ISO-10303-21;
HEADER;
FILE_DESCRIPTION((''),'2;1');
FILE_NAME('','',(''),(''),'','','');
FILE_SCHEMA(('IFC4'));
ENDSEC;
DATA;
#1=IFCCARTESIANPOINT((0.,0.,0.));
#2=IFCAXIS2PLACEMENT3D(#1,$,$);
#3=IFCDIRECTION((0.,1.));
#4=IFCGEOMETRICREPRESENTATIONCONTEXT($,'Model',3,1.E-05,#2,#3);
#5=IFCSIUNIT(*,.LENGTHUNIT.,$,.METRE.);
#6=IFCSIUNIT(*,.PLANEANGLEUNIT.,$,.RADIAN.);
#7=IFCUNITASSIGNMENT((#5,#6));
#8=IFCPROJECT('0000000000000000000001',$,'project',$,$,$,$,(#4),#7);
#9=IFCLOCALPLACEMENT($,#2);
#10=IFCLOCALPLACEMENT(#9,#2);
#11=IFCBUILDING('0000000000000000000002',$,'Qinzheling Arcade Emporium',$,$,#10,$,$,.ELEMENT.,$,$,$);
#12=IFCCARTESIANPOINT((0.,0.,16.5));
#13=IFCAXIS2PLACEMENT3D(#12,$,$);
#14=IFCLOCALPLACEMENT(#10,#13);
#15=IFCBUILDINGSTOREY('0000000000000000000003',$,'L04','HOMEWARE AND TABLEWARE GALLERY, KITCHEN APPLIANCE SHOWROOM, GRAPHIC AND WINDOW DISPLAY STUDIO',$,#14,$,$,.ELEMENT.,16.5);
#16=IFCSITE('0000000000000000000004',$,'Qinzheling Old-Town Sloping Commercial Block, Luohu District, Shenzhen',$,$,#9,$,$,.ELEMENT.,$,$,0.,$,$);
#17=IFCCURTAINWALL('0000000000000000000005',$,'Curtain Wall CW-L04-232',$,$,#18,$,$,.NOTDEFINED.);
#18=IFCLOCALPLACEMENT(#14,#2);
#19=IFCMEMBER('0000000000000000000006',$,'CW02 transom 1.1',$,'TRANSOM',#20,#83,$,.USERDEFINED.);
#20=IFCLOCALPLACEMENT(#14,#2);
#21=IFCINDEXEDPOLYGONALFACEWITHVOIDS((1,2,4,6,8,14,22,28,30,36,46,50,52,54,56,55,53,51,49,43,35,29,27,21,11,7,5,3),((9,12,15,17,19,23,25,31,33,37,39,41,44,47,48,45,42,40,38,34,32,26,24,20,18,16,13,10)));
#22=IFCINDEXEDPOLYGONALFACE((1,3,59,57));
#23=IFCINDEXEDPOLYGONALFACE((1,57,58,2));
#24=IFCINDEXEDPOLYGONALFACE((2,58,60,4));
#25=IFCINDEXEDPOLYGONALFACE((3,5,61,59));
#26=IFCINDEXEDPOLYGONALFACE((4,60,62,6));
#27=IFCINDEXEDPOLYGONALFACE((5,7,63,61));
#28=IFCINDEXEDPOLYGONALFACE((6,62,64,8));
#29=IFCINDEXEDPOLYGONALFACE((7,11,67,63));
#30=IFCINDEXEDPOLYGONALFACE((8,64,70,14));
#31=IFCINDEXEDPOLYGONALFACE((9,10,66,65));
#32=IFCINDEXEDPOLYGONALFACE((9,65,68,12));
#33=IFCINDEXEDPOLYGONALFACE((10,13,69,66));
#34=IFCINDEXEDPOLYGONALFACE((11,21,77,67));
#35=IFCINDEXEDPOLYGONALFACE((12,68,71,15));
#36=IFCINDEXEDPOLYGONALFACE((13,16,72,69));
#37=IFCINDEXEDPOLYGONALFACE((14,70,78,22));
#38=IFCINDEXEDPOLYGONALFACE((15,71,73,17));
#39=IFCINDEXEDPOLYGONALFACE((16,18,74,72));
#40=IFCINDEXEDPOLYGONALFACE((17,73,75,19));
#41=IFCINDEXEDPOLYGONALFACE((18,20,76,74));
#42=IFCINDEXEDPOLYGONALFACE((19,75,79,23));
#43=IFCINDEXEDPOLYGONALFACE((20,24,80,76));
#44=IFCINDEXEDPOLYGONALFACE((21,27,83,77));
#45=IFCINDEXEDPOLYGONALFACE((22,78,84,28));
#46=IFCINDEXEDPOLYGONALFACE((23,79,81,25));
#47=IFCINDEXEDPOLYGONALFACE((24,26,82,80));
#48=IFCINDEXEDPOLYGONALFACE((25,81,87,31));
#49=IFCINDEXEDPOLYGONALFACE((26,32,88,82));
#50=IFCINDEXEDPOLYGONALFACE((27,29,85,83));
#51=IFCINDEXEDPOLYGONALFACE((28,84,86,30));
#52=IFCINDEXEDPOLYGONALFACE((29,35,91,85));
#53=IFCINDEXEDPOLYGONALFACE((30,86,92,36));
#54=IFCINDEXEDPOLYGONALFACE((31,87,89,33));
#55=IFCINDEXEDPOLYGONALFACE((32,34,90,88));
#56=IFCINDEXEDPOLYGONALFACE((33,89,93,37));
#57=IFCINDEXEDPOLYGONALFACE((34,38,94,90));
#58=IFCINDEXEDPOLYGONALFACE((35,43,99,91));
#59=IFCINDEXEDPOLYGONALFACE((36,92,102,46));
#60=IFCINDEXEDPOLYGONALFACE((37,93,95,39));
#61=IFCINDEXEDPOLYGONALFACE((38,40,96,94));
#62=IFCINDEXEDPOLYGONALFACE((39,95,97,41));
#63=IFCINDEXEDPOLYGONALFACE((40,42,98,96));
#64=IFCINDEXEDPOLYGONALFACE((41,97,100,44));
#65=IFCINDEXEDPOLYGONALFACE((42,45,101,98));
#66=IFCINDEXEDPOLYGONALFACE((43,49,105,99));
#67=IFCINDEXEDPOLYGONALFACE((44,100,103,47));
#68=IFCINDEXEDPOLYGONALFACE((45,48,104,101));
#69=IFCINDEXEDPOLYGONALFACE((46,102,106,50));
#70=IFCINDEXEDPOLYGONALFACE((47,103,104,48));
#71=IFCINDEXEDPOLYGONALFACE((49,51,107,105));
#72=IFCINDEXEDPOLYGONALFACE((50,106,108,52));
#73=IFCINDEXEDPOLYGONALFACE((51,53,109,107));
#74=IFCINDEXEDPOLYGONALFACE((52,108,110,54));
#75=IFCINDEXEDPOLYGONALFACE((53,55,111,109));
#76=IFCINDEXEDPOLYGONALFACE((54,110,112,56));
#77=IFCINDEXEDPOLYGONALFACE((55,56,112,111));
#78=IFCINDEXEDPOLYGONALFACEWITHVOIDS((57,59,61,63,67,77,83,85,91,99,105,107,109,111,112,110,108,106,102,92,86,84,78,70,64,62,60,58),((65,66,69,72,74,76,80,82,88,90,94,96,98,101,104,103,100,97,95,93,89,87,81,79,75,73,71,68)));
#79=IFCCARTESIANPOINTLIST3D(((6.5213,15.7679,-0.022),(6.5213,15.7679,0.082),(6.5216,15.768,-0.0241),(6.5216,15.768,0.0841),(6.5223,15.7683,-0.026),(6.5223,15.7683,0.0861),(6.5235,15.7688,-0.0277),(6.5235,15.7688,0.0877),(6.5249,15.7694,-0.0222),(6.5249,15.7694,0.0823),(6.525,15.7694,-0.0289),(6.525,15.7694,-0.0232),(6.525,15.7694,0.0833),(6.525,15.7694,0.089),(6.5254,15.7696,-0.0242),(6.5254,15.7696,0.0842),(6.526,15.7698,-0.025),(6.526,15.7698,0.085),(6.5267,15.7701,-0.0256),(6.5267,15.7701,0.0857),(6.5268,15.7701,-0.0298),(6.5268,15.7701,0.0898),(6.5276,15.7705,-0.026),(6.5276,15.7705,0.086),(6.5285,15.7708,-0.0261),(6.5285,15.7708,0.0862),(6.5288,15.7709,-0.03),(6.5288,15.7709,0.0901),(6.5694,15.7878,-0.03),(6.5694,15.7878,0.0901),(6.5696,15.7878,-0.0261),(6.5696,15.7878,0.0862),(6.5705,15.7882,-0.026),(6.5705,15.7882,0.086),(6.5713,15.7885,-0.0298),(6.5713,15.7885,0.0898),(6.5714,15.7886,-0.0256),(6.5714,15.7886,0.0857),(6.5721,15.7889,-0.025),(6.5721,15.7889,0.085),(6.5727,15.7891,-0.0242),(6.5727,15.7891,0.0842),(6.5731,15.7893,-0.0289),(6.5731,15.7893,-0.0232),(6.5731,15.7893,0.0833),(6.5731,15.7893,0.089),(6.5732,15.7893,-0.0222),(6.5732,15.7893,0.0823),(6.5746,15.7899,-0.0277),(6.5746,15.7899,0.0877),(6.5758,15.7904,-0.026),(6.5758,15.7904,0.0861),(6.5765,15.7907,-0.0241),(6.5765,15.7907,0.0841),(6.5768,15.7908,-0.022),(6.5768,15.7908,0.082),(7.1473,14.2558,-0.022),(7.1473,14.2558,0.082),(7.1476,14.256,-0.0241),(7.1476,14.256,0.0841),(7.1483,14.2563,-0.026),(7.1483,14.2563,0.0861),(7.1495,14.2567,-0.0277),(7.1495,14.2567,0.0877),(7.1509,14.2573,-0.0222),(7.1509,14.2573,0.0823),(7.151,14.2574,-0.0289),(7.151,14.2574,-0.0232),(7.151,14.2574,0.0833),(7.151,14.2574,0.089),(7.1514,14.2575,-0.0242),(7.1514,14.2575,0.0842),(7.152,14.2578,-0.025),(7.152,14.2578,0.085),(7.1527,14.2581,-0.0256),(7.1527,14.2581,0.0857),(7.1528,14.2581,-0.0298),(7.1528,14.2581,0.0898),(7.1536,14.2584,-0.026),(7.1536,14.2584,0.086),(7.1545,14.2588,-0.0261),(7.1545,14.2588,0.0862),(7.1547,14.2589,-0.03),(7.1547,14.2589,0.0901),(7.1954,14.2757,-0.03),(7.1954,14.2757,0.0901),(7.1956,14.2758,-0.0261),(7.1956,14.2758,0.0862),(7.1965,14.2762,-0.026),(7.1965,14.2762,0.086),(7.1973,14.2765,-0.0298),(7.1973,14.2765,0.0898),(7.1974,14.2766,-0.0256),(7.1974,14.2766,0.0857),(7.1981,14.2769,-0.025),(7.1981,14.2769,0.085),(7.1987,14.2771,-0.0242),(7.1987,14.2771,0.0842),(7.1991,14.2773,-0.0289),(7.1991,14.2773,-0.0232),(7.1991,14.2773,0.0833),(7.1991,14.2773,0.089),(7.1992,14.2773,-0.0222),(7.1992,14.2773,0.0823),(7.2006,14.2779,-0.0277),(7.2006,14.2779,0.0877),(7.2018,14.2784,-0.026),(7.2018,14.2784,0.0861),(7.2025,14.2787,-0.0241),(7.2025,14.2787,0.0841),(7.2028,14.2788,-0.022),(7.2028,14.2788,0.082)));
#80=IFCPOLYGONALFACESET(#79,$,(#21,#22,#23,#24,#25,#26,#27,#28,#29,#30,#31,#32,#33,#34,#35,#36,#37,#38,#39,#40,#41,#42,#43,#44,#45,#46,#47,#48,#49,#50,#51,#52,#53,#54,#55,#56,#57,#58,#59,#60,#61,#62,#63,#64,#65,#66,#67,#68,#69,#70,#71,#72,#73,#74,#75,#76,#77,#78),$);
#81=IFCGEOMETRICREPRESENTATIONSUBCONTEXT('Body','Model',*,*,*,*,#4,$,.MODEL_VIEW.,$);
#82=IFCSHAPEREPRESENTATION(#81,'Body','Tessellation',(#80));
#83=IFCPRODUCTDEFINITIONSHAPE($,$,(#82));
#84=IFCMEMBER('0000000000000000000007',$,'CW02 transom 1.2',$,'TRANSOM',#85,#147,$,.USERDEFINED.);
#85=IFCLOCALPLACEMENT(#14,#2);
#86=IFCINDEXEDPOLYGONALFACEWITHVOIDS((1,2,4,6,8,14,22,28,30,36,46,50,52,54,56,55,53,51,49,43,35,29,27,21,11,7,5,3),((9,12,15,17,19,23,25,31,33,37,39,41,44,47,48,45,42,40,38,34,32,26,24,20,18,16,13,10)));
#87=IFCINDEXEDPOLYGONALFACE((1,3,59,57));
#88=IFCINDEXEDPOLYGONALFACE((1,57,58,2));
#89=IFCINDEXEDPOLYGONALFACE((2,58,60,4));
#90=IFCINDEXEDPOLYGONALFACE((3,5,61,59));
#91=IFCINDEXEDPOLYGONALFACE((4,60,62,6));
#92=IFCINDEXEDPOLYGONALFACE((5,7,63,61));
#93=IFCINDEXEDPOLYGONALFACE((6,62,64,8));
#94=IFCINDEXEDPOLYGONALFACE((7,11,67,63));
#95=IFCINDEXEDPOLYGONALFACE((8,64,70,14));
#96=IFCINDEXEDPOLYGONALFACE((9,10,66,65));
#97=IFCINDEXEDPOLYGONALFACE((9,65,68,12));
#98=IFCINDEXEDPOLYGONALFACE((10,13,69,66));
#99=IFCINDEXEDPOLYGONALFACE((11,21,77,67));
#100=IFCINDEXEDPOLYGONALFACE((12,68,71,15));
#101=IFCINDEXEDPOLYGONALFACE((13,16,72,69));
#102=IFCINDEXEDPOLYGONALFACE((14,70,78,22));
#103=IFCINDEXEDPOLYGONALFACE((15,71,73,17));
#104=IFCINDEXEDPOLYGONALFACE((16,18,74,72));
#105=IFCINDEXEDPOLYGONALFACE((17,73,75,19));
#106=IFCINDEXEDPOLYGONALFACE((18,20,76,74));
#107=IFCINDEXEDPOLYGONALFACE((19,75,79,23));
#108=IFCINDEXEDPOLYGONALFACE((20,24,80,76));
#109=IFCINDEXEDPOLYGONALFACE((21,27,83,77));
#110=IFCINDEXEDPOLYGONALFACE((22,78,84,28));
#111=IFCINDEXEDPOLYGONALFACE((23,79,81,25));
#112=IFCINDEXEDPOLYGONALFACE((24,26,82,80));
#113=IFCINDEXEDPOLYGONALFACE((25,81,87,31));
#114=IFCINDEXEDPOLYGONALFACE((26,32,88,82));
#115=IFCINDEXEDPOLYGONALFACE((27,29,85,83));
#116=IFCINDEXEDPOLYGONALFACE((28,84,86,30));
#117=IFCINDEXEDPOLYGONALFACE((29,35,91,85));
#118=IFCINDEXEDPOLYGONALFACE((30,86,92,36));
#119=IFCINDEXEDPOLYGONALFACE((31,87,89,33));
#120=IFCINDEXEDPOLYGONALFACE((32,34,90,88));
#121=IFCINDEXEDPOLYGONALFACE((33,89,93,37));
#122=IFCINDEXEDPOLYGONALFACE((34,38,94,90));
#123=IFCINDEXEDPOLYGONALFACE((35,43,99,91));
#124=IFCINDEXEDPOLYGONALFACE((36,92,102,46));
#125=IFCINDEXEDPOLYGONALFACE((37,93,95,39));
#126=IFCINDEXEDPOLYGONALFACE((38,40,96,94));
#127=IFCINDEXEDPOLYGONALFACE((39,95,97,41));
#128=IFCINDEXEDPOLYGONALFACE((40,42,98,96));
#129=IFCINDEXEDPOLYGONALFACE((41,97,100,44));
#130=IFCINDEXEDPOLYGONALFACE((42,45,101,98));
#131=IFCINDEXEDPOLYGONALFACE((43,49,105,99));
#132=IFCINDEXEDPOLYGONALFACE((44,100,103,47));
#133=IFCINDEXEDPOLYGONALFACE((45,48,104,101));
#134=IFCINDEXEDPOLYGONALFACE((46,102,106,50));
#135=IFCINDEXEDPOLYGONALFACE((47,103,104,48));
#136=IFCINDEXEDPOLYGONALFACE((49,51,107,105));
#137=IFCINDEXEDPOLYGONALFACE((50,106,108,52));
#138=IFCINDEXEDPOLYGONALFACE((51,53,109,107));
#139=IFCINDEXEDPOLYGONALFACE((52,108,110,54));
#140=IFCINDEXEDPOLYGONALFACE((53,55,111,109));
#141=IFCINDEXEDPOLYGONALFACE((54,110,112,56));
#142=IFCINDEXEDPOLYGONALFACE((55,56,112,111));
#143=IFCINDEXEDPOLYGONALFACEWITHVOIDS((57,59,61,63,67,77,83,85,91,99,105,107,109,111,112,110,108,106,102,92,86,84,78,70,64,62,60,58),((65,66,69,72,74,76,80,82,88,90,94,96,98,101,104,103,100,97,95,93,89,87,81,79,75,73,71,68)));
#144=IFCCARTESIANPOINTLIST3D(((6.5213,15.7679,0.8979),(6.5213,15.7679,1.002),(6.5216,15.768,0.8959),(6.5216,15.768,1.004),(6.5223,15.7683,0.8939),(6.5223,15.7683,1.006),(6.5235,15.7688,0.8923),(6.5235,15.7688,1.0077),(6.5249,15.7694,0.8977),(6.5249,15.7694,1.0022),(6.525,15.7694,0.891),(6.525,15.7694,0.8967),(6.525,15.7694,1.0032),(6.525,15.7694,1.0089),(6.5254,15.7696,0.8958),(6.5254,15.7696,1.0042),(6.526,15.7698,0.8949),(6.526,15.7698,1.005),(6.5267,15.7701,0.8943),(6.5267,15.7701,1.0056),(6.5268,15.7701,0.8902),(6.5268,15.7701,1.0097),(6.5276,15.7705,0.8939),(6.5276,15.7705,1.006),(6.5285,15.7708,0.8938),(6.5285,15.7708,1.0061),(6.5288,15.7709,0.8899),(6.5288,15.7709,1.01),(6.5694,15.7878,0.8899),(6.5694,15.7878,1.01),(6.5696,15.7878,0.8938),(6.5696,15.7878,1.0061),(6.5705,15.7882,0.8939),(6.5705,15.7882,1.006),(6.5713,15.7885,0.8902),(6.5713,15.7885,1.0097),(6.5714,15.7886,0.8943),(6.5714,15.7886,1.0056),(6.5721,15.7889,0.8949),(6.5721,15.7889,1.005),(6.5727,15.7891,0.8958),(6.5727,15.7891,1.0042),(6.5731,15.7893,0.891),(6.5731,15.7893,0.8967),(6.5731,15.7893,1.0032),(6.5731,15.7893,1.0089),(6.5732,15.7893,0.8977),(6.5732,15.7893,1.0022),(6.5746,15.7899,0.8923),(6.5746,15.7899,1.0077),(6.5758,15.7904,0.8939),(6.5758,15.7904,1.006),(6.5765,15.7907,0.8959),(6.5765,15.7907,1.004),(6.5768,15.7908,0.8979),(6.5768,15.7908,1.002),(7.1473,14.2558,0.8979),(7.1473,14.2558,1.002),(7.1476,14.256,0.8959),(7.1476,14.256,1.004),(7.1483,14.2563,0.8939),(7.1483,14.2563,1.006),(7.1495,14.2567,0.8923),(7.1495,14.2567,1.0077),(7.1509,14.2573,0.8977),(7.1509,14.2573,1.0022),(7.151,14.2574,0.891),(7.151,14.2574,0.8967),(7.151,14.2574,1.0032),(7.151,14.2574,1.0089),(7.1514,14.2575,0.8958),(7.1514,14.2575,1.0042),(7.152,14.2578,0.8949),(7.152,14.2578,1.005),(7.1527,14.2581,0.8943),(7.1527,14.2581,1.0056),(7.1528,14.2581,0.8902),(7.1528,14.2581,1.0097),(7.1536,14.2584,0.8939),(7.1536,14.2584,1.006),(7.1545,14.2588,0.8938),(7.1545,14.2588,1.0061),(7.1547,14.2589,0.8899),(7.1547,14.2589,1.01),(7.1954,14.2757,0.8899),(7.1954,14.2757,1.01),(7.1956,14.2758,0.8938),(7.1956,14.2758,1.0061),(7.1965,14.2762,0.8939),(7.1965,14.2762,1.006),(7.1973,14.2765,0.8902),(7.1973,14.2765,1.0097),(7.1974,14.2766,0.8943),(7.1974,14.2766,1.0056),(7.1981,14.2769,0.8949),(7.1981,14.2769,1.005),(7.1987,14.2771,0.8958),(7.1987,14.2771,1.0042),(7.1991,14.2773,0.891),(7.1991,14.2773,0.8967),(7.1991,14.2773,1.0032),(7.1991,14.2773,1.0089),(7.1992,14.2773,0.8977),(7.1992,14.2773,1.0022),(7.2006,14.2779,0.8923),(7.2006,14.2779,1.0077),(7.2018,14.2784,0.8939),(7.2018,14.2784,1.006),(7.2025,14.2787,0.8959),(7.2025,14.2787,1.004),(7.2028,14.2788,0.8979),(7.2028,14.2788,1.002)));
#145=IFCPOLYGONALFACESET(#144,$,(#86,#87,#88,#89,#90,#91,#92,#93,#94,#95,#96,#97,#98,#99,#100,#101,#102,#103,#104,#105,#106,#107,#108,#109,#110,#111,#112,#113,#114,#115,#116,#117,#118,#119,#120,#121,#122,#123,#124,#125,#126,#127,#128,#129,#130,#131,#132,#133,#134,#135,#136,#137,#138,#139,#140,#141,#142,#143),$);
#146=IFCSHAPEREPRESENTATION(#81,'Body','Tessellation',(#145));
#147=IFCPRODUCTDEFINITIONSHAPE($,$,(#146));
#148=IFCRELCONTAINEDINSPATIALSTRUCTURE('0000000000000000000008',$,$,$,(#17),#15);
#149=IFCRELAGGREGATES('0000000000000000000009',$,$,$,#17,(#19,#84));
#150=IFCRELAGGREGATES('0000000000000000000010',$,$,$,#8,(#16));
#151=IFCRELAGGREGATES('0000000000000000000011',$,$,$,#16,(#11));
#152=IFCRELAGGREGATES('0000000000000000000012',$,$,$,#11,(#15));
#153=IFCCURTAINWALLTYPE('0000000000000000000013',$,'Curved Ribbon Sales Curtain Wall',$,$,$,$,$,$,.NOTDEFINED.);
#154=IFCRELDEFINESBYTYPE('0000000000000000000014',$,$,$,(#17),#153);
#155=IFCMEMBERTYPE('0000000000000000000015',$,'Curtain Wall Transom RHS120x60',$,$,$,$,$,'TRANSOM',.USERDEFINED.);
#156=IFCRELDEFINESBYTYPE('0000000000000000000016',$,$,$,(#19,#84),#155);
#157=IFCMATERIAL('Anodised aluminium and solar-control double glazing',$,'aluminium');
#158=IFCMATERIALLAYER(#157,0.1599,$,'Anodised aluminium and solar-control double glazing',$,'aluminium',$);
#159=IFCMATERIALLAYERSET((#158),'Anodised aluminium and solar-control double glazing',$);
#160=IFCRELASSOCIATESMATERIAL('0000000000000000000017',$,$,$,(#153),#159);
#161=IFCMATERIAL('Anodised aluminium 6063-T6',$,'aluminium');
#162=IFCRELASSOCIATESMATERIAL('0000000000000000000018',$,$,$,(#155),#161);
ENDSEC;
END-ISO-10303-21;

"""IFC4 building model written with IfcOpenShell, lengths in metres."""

from ifc_helpers import new_model, si_unit, direction, frame, origin, origin_2d, place, context, subcontext, project, spatial, hollow_rectangle, extrude, material, layer, layer_set, material_profile, profile_set, type_object, element, aggregate, save


model = new_model("IFC4")

# Units and contexts
model_context = context("Model", 3, precision=1e-05, world=origin(), true_north=direction((0.0, 1.0)))
body_context = subcontext(model_context, "Body", "Model", "MODEL_VIEW")
ifc_project = project(units=[si_unit("LENGTHUNIT", "METRE"), si_unit("PLANEANGLEUNIT", "RADIAN")], contexts=[model_context])

# Site, building, storey
site_placement = place(None, origin())
site = spatial("IfcSite", under=ifc_project, at=site_placement, Name="Qinzheling Old-Town Sloping Commercial Block, Luohu District, Shenzhen", CompositionType="ELEMENT", RefElevation=0.0)
building_placement = place(site_placement, origin())
building = spatial("IfcBuilding", under=site, at=building_placement, Name="Qinzheling Arcade Emporium", CompositionType="ELEMENT")
storey_placement = place(building_placement, frame((0.0, 0.0, 16.5)))
storey = spatial("IfcBuildingStorey", under=building, at=storey_placement, Name="L04", Description="HOMEWARE AND TABLEWARE GALLERY, KITCHEN APPLIANCE SHOWROOM, GRAPHIC AND WINDOW DISPLAY STUDIO", CompositionType="ELEMENT", Elevation=16.5)

# Curtain wall
ifc_material_1 = material(Name="Anodised aluminium and solar-control double glazing", Category="aluminium")
ifc_layer_1 = layer(ifc_material_1, 0.1599, Name="Anodised aluminium and solar-control double glazing", Category="aluminium")
ifc_layer_set_1 = layer_set([ifc_layer_1], Name="Anodised aluminium and solar-control double glazing")
curtain_wall_type = type_object("IfcCurtainWallType", Name="Curved Ribbon Sales Curtain Wall", PredefinedType="NOTDEFINED", material=ifc_layer_set_1)
ifc_material_2 = material(Name="Anodised aluminium 6063-T6", Category="aluminium")
curtain_wall_1_placement = place(storey_placement, origin())
curtain_wall_1 = element("IfcCurtainWall", 1, at=curtain_wall_1_placement, inside=storey, type_object=curtain_wall_type, Name="Curtain Wall CW-L04-232", PredefinedType="NOTDEFINED")

# Members
ifc_material_profile_1 = material_profile(ifc_material_2, hollow_rectangle(XDim=0.0601, YDim=0.1201, WallThickness=0.0039, InnerFilletRadius=0.0039, OuterFilletRadius=0.0081, at=origin_2d()), Name="RHS 120x60x4", Category="aluminium")
ifc_profile_set_1 = profile_set([ifc_material_profile_1], Name="Anodised aluminium 6063-T6")
member_type_1 = type_object("IfcMemberType", Name="Curtain Wall Transom RHS120x60", ElementType="TRANSOM", PredefinedType="USERDEFINED", material=ifc_profile_set_1)
member_1_placement = place(storey_placement, frame((7.175, 14.2673, 0.03), z_axis=(-0.382527, 0.923944, 0.0), x_axis=(-0.923944, -0.382527, 0.0)))
member_1 = element("IfcMember", 2, at=member_1_placement, type_object=member_type_1, Name="CW02 transom 1.1", ObjectType="TRANSOM", PredefinedType="USERDEFINED", context=body_context, shape_type="SweptSolid", body=[
    extrude(hollow_rectangle(XDim=0.0601, YDim=0.1201, WallThickness=0.0039, InnerFilletRadius=0.0039, OuterFilletRadius=0.0081, at=origin_2d()), origin(), (0.0, 0.0, 1.0), 1.6365),
])
member_2_placement = place(storey_placement, frame((7.175, 14.2673, 0.95), z_axis=(-0.382527, 0.923944, 0.0), x_axis=(-0.923944, -0.382527, 0.0)))
member_2 = element("IfcMember", 3, at=member_2_placement, type_object=member_type_1, Name="CW02 transom 1.2", ObjectType="TRANSOM", PredefinedType="USERDEFINED", context=body_context, shape_type="SweptSolid", body=[
    extrude(hollow_rectangle(XDim=0.0601, YDim=0.1201, WallThickness=0.0039, InnerFilletRadius=0.0039, OuterFilletRadius=0.0081, at=origin_2d()), origin(), (0.0, 0.0, 1.0), 1.6365),
])

aggregate(curtain_wall_1, [member_1, member_2])

save(model, "model.ifc")
